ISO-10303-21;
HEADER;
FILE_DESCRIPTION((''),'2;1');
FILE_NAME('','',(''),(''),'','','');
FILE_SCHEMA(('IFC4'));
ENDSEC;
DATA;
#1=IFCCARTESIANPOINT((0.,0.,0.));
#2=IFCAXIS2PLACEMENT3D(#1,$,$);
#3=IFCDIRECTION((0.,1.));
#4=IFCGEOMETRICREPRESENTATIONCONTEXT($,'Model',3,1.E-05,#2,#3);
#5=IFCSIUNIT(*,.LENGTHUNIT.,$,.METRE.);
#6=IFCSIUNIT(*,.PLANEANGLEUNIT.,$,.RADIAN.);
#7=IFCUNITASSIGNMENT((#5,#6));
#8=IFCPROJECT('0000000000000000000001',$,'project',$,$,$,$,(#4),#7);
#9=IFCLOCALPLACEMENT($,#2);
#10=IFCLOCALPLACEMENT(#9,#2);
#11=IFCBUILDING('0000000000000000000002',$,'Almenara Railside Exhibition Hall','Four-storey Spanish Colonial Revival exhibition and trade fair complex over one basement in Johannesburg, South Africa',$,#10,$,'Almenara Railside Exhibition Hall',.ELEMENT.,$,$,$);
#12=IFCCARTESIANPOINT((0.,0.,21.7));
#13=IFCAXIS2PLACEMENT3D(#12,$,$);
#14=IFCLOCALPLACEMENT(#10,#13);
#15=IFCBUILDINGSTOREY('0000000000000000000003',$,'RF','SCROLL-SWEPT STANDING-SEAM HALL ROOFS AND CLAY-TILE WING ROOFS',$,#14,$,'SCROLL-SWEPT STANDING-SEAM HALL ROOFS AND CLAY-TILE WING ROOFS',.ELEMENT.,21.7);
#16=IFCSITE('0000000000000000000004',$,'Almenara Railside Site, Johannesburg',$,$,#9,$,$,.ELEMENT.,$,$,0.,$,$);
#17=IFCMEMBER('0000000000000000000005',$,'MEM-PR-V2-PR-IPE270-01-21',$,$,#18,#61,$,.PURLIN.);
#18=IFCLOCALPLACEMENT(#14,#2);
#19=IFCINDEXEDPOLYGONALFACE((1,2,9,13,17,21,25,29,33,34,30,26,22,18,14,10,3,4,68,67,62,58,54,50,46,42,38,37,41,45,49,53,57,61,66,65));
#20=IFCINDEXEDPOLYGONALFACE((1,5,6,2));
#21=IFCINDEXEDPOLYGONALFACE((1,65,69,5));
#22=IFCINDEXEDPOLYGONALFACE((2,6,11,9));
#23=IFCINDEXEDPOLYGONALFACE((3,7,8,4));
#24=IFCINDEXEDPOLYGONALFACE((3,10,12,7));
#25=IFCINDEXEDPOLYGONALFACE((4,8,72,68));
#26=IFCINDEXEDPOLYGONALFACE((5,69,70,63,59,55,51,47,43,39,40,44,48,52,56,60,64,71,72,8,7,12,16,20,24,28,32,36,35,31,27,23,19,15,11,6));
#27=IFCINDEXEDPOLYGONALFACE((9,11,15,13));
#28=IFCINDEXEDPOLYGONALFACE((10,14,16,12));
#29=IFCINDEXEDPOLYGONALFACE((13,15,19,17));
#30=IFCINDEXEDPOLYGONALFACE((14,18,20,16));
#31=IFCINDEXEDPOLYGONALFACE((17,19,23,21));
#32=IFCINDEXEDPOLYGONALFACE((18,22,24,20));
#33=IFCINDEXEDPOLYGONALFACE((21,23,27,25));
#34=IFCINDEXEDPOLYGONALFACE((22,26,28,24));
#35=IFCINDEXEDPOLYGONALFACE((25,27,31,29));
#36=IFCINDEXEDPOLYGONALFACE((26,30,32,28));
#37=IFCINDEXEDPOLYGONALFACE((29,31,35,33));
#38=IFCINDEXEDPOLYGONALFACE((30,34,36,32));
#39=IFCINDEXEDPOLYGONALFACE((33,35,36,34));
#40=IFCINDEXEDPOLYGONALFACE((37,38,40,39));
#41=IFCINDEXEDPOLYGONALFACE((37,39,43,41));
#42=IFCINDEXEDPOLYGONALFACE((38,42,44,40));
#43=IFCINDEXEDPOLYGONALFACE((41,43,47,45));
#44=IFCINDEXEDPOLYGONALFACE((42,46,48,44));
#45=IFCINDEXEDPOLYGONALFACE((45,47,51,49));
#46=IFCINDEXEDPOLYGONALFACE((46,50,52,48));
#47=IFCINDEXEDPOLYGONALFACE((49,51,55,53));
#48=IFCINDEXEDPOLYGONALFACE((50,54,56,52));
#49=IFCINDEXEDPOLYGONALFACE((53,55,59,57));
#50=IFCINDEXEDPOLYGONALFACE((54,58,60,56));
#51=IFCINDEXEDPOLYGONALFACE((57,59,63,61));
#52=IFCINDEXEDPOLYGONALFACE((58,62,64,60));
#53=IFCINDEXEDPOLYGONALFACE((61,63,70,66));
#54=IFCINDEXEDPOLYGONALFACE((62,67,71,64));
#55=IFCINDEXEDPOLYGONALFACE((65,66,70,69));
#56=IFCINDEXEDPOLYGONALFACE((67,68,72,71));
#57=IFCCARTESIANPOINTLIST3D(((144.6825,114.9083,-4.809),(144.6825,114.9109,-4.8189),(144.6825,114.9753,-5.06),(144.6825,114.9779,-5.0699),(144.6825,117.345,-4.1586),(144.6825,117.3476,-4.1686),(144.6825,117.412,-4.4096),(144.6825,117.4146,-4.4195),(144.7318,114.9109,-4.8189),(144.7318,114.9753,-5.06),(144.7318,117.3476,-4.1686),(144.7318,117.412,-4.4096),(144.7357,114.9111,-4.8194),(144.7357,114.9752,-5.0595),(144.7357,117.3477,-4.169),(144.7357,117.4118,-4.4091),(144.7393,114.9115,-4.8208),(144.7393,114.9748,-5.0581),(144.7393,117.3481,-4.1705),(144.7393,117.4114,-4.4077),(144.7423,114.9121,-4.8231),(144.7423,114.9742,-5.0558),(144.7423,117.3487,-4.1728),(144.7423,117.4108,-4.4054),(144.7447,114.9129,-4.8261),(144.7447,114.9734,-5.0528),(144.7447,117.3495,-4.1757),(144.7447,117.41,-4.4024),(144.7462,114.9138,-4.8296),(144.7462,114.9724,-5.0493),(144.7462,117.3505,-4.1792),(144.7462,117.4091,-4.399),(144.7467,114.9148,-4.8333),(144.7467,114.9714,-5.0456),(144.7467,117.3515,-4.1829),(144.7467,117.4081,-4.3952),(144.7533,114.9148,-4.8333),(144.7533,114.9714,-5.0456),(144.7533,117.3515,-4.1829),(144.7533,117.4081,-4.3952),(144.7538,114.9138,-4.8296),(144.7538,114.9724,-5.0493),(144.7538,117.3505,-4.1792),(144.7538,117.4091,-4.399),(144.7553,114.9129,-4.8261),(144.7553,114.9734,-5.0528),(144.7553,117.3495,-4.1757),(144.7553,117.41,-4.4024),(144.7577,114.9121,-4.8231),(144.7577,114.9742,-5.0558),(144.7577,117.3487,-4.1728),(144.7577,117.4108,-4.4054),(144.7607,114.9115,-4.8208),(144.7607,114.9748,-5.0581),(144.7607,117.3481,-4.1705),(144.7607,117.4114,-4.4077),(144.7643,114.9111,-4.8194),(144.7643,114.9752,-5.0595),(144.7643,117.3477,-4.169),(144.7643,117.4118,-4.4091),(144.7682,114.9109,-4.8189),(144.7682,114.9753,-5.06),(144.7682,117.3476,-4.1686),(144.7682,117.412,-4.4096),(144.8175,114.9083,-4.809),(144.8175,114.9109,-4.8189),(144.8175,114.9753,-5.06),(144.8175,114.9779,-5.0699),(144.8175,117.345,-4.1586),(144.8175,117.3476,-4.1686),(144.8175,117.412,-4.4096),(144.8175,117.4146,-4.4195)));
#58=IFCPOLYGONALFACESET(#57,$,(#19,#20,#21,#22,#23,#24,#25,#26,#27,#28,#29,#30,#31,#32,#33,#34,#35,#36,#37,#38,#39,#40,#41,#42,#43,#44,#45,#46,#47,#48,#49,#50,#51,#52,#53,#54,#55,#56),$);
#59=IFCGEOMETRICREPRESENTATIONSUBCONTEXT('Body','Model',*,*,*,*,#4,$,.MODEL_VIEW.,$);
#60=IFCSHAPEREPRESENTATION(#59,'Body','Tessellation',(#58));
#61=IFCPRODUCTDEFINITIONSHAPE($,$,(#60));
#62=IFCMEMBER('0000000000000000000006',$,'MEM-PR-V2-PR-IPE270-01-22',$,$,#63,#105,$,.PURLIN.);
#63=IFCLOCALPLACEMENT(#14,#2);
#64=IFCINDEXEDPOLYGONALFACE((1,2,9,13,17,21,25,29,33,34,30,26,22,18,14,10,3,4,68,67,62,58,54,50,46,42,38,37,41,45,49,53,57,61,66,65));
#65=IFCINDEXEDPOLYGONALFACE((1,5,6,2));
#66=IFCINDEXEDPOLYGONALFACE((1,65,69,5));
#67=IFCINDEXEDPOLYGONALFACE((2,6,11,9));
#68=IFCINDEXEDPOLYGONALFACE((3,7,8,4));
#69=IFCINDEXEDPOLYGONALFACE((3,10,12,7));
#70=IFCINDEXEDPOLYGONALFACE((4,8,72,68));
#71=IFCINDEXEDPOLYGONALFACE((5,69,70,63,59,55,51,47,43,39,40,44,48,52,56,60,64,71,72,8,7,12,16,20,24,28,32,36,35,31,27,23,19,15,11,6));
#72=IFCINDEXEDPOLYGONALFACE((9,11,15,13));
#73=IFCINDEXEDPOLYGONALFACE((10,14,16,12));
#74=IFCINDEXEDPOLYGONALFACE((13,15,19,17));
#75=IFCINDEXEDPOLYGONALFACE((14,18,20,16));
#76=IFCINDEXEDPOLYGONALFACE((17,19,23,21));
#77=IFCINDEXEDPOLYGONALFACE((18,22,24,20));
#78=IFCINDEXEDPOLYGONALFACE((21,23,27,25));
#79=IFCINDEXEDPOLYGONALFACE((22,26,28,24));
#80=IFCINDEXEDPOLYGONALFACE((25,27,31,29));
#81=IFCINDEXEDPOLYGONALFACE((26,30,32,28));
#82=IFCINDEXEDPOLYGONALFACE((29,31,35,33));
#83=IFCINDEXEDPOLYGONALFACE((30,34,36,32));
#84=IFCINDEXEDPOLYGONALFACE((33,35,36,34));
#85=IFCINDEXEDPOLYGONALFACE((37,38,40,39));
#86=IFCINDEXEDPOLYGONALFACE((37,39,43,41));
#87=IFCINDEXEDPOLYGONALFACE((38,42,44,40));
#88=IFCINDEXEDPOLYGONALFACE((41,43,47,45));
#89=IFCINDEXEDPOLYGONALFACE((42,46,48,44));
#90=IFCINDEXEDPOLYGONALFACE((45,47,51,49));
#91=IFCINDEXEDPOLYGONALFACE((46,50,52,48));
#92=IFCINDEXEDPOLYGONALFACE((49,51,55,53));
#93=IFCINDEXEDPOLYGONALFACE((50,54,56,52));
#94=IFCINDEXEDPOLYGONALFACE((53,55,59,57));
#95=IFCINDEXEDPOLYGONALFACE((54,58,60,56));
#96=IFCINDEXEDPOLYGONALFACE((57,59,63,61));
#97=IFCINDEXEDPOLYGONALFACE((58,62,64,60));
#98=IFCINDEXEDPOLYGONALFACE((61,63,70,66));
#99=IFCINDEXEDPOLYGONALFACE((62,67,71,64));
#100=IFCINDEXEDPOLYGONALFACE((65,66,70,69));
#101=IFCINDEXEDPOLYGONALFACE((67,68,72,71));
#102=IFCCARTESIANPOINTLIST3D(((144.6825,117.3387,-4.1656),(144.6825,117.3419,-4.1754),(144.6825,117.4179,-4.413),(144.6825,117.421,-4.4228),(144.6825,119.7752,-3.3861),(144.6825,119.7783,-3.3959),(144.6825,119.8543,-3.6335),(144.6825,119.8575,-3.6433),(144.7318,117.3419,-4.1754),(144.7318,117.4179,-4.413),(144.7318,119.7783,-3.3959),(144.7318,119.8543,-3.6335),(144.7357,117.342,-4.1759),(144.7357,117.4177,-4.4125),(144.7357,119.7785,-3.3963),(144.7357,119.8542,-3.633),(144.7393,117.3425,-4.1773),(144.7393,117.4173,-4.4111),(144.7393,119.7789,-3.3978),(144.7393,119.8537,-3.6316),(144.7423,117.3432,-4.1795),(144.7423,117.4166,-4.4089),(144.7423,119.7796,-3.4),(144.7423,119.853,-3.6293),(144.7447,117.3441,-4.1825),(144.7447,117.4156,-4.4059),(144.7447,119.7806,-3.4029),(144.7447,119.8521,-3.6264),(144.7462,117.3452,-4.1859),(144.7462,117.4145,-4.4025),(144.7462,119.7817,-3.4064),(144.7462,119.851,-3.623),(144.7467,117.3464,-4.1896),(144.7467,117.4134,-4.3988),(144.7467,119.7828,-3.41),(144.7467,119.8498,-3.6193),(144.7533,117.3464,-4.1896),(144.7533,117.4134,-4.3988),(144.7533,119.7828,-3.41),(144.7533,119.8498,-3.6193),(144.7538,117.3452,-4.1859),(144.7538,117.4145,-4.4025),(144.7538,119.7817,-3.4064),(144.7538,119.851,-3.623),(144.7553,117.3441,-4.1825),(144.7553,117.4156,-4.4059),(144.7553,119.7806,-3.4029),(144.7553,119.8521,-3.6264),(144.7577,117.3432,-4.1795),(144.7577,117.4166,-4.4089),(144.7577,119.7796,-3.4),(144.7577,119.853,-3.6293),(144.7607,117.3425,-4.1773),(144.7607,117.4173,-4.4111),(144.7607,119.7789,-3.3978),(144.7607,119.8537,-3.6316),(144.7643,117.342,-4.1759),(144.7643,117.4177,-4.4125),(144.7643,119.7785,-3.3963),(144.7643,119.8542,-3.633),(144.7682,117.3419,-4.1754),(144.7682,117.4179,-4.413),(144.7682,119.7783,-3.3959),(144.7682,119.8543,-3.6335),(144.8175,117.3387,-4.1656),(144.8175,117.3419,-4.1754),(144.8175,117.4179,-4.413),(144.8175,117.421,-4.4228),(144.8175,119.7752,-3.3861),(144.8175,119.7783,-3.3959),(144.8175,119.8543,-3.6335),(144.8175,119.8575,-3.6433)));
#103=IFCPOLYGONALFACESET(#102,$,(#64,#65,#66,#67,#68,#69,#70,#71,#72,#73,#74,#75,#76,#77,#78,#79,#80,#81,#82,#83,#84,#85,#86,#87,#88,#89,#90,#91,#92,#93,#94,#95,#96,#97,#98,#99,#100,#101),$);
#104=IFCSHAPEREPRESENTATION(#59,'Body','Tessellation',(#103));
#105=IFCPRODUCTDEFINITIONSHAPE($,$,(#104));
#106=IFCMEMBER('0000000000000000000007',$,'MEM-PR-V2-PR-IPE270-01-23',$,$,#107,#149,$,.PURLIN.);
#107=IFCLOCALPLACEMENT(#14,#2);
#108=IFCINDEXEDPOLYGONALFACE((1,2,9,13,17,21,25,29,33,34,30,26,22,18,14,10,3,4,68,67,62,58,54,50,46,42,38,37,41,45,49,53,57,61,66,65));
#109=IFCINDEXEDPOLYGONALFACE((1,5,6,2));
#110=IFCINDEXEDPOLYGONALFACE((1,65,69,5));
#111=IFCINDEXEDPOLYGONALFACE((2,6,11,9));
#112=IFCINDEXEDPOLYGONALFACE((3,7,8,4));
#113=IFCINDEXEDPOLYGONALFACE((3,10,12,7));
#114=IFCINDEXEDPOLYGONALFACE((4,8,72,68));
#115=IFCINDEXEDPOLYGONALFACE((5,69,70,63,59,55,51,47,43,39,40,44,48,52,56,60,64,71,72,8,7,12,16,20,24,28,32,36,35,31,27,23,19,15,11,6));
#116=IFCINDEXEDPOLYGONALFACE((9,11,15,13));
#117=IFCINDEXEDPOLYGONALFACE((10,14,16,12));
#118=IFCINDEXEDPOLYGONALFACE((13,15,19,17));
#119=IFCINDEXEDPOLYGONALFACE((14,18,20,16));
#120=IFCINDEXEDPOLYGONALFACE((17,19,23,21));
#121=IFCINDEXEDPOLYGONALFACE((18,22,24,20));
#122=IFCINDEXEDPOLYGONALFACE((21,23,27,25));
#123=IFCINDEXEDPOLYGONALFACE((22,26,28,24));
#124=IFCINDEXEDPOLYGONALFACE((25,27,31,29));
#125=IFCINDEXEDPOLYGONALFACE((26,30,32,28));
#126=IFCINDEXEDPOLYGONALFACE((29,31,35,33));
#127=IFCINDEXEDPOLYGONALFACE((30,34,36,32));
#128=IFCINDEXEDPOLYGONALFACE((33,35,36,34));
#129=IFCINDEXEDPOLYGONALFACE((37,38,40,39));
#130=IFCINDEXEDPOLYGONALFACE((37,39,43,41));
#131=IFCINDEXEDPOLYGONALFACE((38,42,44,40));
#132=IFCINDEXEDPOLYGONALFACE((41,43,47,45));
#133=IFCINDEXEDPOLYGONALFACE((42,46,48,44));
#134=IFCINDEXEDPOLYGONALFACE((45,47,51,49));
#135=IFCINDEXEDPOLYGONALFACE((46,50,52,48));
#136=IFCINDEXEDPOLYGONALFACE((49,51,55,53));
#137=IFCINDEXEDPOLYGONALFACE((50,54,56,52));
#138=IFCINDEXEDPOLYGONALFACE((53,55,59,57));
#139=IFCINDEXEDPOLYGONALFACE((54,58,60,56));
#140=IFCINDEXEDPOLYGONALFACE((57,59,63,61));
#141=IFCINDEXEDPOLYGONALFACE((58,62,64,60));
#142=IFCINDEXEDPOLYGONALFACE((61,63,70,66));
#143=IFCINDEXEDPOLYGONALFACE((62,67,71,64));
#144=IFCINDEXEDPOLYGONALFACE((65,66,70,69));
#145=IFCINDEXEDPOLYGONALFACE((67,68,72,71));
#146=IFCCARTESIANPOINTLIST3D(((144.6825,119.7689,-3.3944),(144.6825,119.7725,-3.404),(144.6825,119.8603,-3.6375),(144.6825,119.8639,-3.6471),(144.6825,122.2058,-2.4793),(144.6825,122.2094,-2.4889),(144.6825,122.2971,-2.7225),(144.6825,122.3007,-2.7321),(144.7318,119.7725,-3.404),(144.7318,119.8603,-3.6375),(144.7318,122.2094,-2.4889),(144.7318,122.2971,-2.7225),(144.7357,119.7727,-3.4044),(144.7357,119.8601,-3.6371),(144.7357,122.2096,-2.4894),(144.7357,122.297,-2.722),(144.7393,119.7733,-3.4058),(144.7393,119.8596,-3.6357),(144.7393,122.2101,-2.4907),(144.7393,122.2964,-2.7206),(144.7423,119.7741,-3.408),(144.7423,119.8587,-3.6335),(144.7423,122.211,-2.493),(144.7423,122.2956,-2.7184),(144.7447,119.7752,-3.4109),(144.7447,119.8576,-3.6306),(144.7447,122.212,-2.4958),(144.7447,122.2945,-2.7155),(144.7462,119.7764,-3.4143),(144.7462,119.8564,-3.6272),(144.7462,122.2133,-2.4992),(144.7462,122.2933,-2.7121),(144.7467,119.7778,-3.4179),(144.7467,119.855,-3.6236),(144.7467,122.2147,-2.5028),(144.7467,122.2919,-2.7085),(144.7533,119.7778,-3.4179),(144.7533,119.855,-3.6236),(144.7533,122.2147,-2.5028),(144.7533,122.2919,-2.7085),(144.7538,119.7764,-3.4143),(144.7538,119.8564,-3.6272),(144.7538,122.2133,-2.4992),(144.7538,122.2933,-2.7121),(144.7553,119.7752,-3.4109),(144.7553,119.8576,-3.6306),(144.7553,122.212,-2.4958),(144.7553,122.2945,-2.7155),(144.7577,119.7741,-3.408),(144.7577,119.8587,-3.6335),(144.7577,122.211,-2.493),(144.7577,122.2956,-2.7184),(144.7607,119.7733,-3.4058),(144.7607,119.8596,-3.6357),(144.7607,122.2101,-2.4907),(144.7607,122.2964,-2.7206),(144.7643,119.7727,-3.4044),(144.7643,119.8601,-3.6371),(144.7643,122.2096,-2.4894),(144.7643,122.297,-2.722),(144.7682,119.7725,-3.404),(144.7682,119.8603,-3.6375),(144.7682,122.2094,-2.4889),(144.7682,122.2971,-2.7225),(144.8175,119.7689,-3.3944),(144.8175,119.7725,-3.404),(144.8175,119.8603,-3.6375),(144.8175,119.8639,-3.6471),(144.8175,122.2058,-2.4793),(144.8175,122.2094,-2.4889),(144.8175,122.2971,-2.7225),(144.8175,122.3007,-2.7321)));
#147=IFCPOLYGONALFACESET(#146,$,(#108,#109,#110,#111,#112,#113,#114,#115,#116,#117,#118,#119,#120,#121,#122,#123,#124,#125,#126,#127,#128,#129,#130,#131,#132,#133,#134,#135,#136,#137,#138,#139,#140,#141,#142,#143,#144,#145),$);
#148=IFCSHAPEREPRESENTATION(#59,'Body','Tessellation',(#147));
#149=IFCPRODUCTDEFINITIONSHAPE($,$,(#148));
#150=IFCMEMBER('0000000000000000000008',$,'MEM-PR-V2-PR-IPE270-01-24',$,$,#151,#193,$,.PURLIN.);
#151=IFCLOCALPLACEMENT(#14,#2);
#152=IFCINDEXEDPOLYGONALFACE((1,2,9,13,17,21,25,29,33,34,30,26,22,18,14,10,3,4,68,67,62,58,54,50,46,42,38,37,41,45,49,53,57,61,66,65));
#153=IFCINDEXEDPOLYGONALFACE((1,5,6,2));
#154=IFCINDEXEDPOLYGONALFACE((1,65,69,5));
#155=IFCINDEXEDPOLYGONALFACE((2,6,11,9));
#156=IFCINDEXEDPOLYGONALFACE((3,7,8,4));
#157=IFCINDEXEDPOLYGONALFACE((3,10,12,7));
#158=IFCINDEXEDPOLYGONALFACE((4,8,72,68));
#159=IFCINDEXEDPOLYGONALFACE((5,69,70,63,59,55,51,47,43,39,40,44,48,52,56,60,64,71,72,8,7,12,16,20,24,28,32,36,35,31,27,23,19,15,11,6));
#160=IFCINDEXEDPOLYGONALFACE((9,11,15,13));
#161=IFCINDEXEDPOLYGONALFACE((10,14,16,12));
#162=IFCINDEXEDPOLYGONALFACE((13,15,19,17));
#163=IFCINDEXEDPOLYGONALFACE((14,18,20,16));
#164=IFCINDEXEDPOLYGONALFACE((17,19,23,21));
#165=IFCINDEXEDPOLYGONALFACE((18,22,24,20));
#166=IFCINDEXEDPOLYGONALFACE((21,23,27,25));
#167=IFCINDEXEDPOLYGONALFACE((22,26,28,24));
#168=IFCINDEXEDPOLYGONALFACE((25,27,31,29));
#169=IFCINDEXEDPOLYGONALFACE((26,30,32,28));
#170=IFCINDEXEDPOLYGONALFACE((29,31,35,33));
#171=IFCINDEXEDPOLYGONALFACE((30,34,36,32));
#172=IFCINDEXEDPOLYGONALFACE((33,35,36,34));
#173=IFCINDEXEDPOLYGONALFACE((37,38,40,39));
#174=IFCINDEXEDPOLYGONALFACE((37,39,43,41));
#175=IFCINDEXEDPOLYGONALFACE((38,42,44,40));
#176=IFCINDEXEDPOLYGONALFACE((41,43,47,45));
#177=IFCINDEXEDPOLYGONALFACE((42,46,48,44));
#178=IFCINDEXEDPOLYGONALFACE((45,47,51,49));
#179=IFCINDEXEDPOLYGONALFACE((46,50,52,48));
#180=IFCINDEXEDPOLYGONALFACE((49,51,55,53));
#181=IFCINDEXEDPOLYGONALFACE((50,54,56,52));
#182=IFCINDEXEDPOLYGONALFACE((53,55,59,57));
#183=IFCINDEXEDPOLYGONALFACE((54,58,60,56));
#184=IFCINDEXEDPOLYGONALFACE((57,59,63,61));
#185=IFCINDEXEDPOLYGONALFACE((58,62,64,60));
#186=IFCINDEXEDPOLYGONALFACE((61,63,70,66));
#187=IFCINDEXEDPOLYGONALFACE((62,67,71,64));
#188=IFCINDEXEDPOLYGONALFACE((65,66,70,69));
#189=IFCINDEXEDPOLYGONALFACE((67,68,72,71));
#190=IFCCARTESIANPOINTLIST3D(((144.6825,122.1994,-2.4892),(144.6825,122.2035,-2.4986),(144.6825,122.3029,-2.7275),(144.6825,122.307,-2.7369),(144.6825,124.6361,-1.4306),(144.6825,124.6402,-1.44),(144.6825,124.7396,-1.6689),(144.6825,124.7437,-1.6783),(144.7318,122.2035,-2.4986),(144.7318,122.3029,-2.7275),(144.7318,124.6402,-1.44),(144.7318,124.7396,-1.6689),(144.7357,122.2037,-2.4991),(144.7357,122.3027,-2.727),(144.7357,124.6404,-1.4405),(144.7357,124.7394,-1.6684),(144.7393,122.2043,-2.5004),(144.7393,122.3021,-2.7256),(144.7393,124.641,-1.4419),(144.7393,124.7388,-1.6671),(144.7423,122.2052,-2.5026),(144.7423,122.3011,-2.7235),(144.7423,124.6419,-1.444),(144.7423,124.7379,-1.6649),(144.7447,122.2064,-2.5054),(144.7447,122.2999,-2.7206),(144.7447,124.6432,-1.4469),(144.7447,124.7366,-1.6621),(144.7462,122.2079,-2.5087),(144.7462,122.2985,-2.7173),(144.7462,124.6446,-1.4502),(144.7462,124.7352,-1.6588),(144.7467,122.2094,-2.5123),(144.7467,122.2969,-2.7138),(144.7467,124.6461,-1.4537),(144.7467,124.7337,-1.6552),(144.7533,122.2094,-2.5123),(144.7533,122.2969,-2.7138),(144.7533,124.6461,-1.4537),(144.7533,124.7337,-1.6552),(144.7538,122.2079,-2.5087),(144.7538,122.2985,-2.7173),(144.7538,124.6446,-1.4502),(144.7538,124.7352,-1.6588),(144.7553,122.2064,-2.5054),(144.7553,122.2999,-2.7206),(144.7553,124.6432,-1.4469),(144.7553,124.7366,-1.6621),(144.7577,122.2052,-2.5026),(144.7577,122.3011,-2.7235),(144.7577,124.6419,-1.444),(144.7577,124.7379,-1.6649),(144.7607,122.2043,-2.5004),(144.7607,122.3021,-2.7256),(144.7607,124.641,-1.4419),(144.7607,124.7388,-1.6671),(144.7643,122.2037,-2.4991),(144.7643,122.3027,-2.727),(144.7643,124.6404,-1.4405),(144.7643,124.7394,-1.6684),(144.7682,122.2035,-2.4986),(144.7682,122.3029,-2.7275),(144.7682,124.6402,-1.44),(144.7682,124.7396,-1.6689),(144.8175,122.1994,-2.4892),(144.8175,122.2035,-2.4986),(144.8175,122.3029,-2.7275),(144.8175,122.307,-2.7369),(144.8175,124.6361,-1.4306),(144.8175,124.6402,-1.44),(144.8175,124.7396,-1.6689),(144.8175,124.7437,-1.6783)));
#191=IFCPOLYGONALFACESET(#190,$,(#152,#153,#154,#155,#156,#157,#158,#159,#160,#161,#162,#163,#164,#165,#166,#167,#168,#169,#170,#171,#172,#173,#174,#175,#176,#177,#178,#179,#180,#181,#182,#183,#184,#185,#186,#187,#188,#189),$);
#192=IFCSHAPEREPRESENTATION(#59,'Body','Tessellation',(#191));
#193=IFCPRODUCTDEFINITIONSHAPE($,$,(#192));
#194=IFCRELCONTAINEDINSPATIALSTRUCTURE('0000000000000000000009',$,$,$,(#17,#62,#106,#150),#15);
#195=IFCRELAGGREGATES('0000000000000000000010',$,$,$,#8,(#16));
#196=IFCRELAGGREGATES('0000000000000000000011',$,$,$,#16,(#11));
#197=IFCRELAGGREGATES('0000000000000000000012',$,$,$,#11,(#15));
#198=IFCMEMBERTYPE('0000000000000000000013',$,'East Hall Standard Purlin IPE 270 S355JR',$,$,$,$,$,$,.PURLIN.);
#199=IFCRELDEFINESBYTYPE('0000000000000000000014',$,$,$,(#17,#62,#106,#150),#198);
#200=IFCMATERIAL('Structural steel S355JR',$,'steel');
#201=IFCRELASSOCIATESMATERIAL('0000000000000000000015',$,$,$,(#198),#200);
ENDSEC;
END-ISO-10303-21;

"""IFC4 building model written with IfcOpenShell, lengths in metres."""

from ifc_helpers import new_model, si_unit, direction, frame, origin, origin_2d, place, context, subcontext, project, spatial, i_section, extrude, material, material_profile, profile_set, type_object, element, save


model = new_model("IFC4")

# Units and contexts
model_context = context("Model", 3, precision=1e-05, world=origin(), true_north=direction((0.0, 1.0)))
body_context = subcontext(model_context, "Body", "Model", "MODEL_VIEW")
ifc_project = project(units=[si_unit("LENGTHUNIT", "METRE"), si_unit("PLANEANGLEUNIT", "RADIAN")], contexts=[model_context])

# Site, building, storey
site_placement = place(None, origin())
site = spatial("IfcSite", under=ifc_project, at=site_placement, Name="Almenara Railside Site, Johannesburg", CompositionType="ELEMENT", RefElevation=0.0)
building_placement = place(site_placement, origin())
building = spatial("IfcBuilding", under=site, at=building_placement, Name="Almenara Railside Exhibition Hall", Description="Four-storey Spanish Colonial Revival exhibition and trade fair complex over one basement in Johannesburg, South Africa", LongName="Almenara Railside Exhibition Hall", CompositionType="ELEMENT")
storey_placement = place(building_placement, frame((0.0, 0.0, 21.7)))
storey = spatial("IfcBuildingStorey", under=building, at=storey_placement, Name="RF", Description="SCROLL-SWEPT STANDING-SEAM HALL ROOFS AND CLAY-TILE WING ROOFS", LongName="SCROLL-SWEPT STANDING-SEAM HALL ROOFS AND CLAY-TILE WING ROOFS", CompositionType="ELEMENT", Elevation=21.7)

# Shared definitions
ifc_material_1 = material(Name="Structural steel S355JR", Category="steel")

# Members
ifc_material_profile_1 = material_profile(ifc_material_1, i_section(OverallWidth=0.135, OverallDepth=0.27, WebThickness=0.0066, FlangeThickness=0.0103, FilletRadius=0.0149, at=origin_2d()), Name="IPE 270")
ifc_profile_set_1 = profile_set([ifc_material_profile_1], Name="Structural steel S355JR")
member_type_1 = type_object("IfcMemberType", Name="East Hall Standard Purlin IPE 270 S355JR", PredefinedType="PURLIN", material=ifc_profile_set_1)
member_1_placement = place(storey_placement, frame((144.75, 114.9431, -4.9395), z_axis=(0.0, 0.966177, 0.25788), x_axis=(-1.0, 0.0, 0.0)))
element("IfcMember", 1, at=member_1_placement, inside=storey, type_object=member_type_1, Name="MEM-PR-V2-PR-IPE270-01-21", PredefinedType="PURLIN", context=body_context, shape_type="SweptSolid", body=[
    extrude(i_section(OverallWidth=0.135, OverallDepth=0.27, WebThickness=0.0066, FlangeThickness=0.0103, FilletRadius=0.0149, at=origin_2d()), origin(), (0.0, 0.0, 1.0), 2.522),
])
member_2_placement = place(storey_placement, frame((144.75, 117.3799, -4.2942), z_axis=(0.0, 0.952441, 0.304724), x_axis=(-1.0, 0.0, 0.0)))
element("IfcMember", 2, at=member_2_placement, inside=storey, type_object=member_type_1, Name="MEM-PR-V2-PR-IPE270-01-22", PredefinedType="PURLIN", context=body_context, shape_type="SweptSolid", body=[
    extrude(i_section(OverallWidth=0.135, OverallDepth=0.27, WebThickness=0.0066, FlangeThickness=0.0103, FilletRadius=0.0149, at=origin_2d()), origin(), (0.0, 0.0, 1.0), 2.5581),
])
member_3_placement = place(storey_placement, frame((144.75, 119.8164, -3.5208), z_axis=(0.0, 0.936171, 0.351545), x_axis=(-1.0, 0.0, 0.0)))
element("IfcMember", 3, at=member_3_placement, inside=storey, type_object=member_type_1, Name="MEM-PR-V2-PR-IPE270-01-23", PredefinedType="PURLIN", context=body_context, shape_type="SweptSolid", body=[
    extrude(i_section(OverallWidth=0.135, OverallDepth=0.27, WebThickness=0.0066, FlangeThickness=0.0103, FilletRadius=0.0149, at=origin_2d()), origin(), (0.0, 0.0, 1.0), 2.603),
])
member_4_placement = place(storey_placement, frame((144.75, 122.2532, -2.613), z_axis=(0.0, 0.91719, 0.398451), x_axis=(-1.0, 0.0, 0.0)))
element("IfcMember", 4, at=member_4_placement, inside=storey, type_object=member_type_1, Name="MEM-PR-V2-PR-IPE270-01-24", PredefinedType="PURLIN", context=body_context, shape_type="SweptSolid", body=[
    extrude(i_section(OverallWidth=0.135, OverallDepth=0.27, WebThickness=0.0066, FlangeThickness=0.0103, FilletRadius=0.0149, at=origin_2d()), origin(), (0.0, 0.0, 1.0), 2.6567),
])

save(model, "model.ifc")
